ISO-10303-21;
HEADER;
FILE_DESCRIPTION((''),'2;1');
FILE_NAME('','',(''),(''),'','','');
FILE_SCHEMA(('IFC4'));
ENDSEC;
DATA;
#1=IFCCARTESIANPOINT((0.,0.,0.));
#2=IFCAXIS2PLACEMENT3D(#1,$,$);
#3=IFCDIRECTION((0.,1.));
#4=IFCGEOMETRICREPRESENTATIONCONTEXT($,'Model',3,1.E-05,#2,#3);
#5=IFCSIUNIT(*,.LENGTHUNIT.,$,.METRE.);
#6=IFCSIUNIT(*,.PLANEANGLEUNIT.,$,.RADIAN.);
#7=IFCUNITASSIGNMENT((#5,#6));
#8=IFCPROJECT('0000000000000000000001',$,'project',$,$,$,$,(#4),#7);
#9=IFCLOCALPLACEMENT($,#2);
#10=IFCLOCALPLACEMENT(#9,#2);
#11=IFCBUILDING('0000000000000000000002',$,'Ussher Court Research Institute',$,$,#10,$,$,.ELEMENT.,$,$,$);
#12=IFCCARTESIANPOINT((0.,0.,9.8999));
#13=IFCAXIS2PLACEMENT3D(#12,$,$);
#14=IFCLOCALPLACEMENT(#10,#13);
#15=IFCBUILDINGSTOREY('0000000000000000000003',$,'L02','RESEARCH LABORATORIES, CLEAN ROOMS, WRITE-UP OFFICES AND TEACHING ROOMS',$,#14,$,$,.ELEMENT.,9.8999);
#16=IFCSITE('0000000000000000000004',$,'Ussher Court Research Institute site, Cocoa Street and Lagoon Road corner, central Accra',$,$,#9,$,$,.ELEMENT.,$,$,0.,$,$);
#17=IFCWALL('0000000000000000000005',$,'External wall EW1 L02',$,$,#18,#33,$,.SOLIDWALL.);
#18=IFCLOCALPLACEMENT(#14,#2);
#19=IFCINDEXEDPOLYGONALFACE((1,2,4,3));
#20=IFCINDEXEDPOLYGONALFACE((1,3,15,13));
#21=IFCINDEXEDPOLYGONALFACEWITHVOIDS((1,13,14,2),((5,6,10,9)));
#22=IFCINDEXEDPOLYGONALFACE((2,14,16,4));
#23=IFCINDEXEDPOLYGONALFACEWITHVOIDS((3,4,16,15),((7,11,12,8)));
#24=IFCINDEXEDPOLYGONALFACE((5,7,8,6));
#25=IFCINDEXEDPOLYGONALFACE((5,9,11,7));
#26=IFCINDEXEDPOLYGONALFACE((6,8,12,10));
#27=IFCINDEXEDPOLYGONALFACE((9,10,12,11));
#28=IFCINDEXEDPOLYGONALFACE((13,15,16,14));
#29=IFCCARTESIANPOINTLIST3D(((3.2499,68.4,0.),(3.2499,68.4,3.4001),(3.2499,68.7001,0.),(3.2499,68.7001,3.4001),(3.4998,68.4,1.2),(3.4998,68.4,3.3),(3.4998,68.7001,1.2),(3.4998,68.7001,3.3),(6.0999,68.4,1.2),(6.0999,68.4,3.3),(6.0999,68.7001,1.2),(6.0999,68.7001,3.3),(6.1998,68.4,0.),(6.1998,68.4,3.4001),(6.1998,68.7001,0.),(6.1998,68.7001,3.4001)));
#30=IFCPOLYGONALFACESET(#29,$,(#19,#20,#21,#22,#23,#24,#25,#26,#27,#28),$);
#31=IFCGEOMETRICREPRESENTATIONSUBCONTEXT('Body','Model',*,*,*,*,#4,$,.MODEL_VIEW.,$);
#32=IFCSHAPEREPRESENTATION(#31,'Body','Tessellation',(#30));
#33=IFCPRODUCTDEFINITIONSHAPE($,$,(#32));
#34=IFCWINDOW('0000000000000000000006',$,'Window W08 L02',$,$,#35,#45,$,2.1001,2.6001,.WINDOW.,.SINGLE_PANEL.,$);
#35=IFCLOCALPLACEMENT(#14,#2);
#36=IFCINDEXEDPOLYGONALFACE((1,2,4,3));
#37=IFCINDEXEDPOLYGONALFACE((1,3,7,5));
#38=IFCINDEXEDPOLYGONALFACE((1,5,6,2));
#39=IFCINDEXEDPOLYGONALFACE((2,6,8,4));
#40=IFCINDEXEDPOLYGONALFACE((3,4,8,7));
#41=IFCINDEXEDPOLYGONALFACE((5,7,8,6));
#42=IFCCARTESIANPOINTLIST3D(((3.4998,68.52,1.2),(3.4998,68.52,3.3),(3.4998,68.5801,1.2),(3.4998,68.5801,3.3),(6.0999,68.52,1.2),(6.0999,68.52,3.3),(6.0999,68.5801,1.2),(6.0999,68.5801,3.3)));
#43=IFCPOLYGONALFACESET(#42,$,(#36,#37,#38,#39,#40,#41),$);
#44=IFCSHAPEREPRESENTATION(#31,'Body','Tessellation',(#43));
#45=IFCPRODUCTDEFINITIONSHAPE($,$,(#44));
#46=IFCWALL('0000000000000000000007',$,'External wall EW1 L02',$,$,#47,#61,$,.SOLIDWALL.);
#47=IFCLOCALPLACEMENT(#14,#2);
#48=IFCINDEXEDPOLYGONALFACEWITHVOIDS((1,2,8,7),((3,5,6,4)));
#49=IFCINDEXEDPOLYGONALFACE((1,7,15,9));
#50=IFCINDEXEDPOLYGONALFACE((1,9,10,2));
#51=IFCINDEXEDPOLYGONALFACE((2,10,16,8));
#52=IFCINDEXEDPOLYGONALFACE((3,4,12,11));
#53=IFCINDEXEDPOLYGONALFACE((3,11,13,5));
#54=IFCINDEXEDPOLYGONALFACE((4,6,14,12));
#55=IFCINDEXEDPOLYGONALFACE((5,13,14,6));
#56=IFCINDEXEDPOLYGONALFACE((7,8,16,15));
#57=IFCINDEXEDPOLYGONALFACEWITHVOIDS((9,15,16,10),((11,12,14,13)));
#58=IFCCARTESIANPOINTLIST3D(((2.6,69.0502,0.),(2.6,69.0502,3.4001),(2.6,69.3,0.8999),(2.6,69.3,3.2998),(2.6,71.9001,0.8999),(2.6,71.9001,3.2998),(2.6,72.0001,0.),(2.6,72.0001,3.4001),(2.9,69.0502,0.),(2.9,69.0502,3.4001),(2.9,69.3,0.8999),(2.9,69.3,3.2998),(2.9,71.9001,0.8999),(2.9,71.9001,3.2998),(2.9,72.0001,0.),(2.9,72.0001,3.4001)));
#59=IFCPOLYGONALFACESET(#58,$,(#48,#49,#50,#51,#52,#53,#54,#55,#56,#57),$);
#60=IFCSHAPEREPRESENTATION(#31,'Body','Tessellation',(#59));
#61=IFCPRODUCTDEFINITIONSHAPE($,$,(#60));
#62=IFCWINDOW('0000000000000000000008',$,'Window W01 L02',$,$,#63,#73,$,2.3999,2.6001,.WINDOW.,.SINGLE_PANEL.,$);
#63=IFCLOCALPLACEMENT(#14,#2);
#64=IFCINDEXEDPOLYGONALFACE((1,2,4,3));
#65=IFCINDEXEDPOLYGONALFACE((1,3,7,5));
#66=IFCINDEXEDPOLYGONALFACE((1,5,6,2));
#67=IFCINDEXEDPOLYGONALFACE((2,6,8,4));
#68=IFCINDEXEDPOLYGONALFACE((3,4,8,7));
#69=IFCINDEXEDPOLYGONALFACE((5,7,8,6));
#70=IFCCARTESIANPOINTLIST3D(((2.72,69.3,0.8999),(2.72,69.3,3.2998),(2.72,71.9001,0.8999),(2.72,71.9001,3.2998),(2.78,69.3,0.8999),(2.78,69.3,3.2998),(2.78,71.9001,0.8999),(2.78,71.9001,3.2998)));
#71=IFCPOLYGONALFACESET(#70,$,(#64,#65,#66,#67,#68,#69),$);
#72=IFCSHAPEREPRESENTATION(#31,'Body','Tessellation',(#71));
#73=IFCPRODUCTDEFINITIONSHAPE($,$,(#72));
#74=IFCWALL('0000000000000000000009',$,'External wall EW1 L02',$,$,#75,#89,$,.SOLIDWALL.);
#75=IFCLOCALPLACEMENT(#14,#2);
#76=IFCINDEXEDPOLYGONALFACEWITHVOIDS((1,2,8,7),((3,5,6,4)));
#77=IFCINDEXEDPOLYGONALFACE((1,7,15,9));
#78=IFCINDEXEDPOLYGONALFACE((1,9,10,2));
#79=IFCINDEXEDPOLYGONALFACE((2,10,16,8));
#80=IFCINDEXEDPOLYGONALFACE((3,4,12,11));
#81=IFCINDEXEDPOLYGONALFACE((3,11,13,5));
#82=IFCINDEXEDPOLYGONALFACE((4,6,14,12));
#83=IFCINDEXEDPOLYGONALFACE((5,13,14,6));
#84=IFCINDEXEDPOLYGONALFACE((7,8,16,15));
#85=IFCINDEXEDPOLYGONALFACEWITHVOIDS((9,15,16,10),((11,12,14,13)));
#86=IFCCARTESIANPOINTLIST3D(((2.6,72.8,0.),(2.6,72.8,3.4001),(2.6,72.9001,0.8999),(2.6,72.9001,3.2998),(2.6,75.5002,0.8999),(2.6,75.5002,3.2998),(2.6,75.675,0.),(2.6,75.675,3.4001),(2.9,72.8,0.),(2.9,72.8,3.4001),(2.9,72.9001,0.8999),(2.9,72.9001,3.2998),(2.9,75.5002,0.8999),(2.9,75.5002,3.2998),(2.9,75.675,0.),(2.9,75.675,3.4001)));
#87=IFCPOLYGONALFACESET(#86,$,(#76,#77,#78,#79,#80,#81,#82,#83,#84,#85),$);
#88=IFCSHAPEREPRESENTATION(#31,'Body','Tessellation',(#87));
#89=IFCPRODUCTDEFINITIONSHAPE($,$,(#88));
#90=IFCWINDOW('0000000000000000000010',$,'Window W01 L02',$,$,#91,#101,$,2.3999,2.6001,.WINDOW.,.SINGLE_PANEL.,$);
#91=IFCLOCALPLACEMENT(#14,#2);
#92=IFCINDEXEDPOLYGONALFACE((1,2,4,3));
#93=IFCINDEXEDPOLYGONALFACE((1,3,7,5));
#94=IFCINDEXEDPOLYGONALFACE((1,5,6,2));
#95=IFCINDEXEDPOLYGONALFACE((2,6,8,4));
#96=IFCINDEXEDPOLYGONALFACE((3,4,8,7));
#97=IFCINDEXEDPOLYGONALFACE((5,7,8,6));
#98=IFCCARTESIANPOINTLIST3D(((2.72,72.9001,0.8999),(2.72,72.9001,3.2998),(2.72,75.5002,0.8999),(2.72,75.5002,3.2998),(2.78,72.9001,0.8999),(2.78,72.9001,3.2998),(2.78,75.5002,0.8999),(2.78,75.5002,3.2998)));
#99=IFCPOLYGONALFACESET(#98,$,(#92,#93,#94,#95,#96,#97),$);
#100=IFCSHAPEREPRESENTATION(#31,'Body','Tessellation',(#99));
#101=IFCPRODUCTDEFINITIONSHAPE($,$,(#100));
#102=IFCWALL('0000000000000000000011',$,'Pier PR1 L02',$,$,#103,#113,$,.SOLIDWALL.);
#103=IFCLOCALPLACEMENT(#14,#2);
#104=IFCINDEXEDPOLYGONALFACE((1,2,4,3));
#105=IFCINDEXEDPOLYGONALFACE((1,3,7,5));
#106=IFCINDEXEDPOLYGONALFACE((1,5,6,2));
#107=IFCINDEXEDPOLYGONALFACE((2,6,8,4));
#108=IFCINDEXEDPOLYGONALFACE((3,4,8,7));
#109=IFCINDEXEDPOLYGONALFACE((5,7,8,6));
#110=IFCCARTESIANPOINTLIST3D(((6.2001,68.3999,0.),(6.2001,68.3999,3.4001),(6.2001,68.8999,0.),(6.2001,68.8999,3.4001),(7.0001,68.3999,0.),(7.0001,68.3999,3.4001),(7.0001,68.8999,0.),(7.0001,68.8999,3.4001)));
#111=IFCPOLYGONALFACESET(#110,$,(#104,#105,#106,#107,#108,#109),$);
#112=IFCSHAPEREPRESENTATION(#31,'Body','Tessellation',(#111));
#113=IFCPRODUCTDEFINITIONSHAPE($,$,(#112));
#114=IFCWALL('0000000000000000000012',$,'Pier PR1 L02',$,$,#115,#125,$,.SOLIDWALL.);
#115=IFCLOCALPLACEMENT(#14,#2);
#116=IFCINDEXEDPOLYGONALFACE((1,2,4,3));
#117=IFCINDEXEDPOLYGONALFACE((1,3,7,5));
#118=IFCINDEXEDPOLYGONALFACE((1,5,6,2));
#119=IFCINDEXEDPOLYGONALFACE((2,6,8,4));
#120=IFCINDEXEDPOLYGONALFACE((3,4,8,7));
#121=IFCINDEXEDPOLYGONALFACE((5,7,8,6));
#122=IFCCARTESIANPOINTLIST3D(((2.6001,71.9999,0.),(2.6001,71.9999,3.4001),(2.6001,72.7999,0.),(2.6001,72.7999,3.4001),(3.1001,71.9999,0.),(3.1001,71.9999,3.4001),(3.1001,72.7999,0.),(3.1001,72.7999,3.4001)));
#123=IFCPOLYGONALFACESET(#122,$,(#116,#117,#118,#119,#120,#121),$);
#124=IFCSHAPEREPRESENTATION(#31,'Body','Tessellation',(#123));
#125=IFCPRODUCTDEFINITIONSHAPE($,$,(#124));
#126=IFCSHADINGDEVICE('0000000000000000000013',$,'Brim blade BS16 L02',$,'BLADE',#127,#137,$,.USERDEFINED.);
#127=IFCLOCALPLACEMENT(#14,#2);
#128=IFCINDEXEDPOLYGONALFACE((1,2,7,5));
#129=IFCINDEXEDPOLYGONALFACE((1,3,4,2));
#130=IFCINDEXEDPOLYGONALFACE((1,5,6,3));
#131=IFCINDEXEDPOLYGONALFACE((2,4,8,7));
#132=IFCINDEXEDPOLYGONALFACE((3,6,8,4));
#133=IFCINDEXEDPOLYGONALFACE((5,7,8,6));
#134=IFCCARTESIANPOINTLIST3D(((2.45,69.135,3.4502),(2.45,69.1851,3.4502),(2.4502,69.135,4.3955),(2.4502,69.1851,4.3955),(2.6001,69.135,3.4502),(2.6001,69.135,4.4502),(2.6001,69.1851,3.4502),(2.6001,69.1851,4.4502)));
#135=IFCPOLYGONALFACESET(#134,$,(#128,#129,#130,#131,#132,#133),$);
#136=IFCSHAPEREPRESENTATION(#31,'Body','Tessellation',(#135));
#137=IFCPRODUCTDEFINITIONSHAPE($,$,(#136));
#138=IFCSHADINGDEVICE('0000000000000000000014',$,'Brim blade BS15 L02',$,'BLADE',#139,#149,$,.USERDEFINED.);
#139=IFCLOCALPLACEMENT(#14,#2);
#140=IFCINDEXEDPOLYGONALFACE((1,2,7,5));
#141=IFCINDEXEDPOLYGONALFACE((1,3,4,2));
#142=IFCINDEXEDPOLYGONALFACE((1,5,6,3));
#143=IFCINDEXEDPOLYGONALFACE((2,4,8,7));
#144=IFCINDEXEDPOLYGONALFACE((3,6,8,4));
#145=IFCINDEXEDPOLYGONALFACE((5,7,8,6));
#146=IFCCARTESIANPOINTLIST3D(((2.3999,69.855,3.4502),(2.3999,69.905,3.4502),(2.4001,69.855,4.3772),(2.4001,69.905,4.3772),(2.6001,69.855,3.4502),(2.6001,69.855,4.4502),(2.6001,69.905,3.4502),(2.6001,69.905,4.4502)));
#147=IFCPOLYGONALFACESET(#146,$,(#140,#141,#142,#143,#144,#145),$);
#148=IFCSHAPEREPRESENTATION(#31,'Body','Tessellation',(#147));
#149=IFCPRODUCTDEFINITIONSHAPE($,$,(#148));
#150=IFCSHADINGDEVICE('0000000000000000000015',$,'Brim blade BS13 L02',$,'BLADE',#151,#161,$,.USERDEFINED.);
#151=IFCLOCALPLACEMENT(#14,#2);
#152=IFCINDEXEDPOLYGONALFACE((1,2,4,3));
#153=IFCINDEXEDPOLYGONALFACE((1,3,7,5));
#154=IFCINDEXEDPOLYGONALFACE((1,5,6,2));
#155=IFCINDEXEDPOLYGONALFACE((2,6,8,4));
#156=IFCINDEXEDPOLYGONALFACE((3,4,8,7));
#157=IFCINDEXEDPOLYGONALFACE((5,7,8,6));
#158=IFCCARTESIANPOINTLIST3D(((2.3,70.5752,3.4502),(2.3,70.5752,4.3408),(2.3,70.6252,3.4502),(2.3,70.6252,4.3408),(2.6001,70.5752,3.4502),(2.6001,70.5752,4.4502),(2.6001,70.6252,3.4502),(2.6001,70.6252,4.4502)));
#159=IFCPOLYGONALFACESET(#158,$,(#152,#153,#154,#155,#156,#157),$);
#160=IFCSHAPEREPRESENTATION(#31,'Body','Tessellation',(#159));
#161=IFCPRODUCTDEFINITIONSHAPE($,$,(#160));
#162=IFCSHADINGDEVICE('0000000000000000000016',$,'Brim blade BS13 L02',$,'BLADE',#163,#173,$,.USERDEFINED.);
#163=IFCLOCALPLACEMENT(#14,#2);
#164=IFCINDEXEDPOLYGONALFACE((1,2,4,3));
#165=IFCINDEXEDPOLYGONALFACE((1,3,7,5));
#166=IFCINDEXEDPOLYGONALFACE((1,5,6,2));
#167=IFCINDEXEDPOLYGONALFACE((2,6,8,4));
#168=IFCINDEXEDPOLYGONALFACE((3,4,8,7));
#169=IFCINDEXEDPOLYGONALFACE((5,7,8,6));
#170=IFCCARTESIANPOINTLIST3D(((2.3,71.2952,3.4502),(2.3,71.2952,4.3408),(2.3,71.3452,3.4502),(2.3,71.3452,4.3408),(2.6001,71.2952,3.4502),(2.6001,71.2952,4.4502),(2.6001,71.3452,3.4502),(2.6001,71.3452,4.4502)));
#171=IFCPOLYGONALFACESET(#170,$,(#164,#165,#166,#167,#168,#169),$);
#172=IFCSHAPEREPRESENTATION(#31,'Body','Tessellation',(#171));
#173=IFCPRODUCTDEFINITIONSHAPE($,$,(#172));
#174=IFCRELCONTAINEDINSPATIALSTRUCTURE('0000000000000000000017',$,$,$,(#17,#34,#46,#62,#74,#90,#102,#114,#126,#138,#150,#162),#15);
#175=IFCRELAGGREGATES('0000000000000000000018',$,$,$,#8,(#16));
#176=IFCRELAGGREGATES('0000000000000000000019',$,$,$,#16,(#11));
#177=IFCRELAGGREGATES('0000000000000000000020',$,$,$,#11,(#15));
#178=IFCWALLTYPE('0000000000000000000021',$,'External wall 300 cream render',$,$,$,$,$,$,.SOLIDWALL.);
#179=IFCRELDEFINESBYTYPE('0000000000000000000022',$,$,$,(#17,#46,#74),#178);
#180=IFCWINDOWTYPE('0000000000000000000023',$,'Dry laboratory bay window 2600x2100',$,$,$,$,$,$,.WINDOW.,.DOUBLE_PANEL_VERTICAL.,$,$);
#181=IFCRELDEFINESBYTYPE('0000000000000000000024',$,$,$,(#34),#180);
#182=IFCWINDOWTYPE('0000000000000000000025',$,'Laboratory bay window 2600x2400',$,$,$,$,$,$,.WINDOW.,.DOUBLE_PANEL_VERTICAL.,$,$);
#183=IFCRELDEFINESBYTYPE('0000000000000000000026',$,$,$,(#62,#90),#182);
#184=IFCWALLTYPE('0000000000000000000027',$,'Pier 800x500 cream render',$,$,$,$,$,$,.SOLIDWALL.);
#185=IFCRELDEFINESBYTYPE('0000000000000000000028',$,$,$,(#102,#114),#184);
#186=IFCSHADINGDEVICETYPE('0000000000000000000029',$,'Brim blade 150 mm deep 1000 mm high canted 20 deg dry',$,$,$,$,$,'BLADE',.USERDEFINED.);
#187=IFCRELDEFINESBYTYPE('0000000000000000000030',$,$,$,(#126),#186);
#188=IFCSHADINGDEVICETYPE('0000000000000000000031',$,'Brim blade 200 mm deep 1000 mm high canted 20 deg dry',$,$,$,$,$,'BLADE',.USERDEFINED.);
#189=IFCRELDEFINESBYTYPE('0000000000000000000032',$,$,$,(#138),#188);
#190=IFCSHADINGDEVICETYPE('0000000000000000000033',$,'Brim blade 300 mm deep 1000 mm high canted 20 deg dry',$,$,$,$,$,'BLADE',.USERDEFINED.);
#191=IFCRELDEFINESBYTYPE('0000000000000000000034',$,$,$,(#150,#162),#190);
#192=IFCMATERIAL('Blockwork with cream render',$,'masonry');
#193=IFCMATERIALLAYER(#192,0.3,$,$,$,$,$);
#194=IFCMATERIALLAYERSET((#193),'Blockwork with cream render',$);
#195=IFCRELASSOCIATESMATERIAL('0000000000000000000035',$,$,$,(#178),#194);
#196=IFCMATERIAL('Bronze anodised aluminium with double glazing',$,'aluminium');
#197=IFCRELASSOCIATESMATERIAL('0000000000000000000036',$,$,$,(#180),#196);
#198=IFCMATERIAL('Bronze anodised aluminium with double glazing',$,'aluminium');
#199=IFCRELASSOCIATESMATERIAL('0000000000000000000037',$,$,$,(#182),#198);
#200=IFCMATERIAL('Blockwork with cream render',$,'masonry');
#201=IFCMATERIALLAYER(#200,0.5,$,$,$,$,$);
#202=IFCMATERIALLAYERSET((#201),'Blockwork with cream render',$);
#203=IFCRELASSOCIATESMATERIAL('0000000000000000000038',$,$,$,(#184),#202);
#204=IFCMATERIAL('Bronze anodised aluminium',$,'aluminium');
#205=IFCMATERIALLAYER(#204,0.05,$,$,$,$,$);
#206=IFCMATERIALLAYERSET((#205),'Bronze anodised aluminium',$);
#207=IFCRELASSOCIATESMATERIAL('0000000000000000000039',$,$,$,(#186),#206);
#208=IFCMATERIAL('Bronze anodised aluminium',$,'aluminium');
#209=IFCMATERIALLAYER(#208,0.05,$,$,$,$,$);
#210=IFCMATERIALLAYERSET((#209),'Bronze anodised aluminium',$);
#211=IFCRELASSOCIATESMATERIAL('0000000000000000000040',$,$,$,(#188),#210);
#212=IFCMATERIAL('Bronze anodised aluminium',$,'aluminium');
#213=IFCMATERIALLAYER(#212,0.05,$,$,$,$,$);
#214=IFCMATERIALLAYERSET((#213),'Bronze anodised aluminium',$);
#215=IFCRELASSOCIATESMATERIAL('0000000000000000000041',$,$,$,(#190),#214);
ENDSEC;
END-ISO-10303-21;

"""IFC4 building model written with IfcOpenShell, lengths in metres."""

from ifc_helpers import new_model, si_unit, direction, frame, frame_2d, origin, place, context, subcontext, project, spatial, polyline, rectangle, outline, extrude, material, layer, layer_set, type_object, element, fill, save


model = new_model("IFC4")

# Units and contexts
model_context = context("Model", 3, precision=1e-05, world=origin(), true_north=direction((0.0, 1.0)))
body_context = subcontext(model_context, "Body", "Model", "MODEL_VIEW")
ifc_project = project(units=[si_unit("LENGTHUNIT", "METRE"), si_unit("PLANEANGLEUNIT", "RADIAN")], contexts=[model_context])

# Site, building, storey
site_placement = place(None, origin())
site = spatial("IfcSite", under=ifc_project, at=site_placement, Name="Ussher Court Research Institute site, Cocoa Street and Lagoon Road corner, central Accra", CompositionType="ELEMENT", RefElevation=0.0)
building_placement = place(site_placement, origin())
building = spatial("IfcBuilding", under=site, at=building_placement, Name="Ussher Court Research Institute", CompositionType="ELEMENT")
storey_placement = place(building_placement, frame((0.0, 0.0, 9.8999)))
storey = spatial("IfcBuildingStorey", under=building, at=storey_placement, Name="L02", Description="RESEARCH LABORATORIES, CLEAN ROOMS, WRITE-UP OFFICES AND TEACHING ROOMS", CompositionType="ELEMENT", Elevation=9.8999)

# Walls, openings, windows
ifc_material_1 = material(Name="Blockwork with cream render", Category="masonry")
ifc_layer_1 = layer(ifc_material_1, 0.3)
ifc_layer_set_1 = layer_set([ifc_layer_1], Name="Blockwork with cream render")
wall_type_1 = type_object("IfcWallType", Name="External wall 300 cream render", PredefinedType="SOLIDWALL", material=ifc_layer_set_1)
ifc_material_2 = material(Name="Bronze anodised aluminium with double glazing", Category="aluminium")
window_type_1 = type_object("IfcWindowType", Name="Dry laboratory bay window 2600x2100", PartitioningType="DOUBLE_PANEL_VERTICAL", PredefinedType="WINDOW", material=ifc_material_2)
wall_1_placement = place(storey_placement, frame((6.2, 68.55, 0.0), z_axis=(0.0, 0.0, 1.0), x_axis=(-1.0, 0.0, 0.0)))
wall_1 = element("IfcWall", 1, at=wall_1_placement, inside=storey, type_object=wall_type_1, Name="External wall EW1 L02", PredefinedType="SOLIDWALL", context=body_context, shape_type="SweptSolid", body=[
    extrude(rectangle(XDim=2.95, YDim=0.3, at=frame_2d((1.4751, 0.0))), origin(), (0.0, 0.0, 1.0), 3.4001),
])
opening_1_placement = place(wall_1_placement, frame((0.1001, 0.0, 1.2)))
opening_1 = element("IfcOpeningElement", 2, at=opening_1_placement, cuts=wall_1, PredefinedType="OPENING", context=body_context, shape_type="SweptSolid", body=[
    extrude(rectangle(XDim=2.6001, YDim=2.1001, at=frame_2d((1.3, 1.05))), frame((0.0, 0.1602, 0.0), z_axis=(0.0, -1.0, 0.0), x_axis=(1.0, 0.0, 0.0)), (0.0, 0.0, 1.0), 0.3201),
])
window_1_placement = place(opening_1_placement, origin())
window_1 = element("IfcWindow", 3, at=window_1_placement, inside=storey, type_object=window_type_1, Name="Window W08 L02", OverallHeight=2.1001, OverallWidth=2.6001, PartitioningType="SINGLE_PANEL", PredefinedType="WINDOW", context=body_context, shape_type="SweptSolid", body=[
    extrude(rectangle(XDim=2.6001, YDim=2.1001, at=frame_2d((1.3, 1.05))), frame((0.0, 0.03, 0.0), z_axis=(0.0, -1.0, 0.0), x_axis=(1.0, 0.0, 0.0)), (0.0, 0.0, 1.0), 0.0601),
])
fill(opening_1, window_1)
wall_2_placement = place(storey_placement, frame((2.75, 69.05, 0.0), z_axis=(0.0, 0.0, 1.0), x_axis=(0.0, 1.0, 0.0)))
wall_2 = element("IfcWall", 4, at=wall_2_placement, inside=storey, type_object=wall_type_1, Name="External wall EW1 L02", PredefinedType="SOLIDWALL", context=body_context, shape_type="SweptSolid", body=[
    extrude(rectangle(XDim=2.95, YDim=0.3, at=frame_2d((1.4751, 0.0))), origin(), (0.0, 0.0, 1.0), 3.4001),
])
opening_2_placement = place(wall_2_placement, frame((0.25, 0.0, 0.8999)))
opening_2 = element("IfcOpeningElement", 5, at=opening_2_placement, cuts=wall_2, PredefinedType="OPENING", context=body_context, shape_type="SweptSolid", body=[
    extrude(rectangle(XDim=2.6001, YDim=2.3999, at=frame_2d((1.3, 1.2))), frame((0.0, 0.1602, 0.0), z_axis=(0.0, -1.0, 0.0), x_axis=(1.0, 0.0, 0.0)), (0.0, 0.0, 1.0), 0.3201),
])
ifc_material_3 = material(Name="Bronze anodised aluminium with double glazing", Category="aluminium")
window_type_2 = type_object("IfcWindowType", Name="Laboratory bay window 2600x2400", PartitioningType="DOUBLE_PANEL_VERTICAL", PredefinedType="WINDOW", material=ifc_material_3)
window_2_placement = place(opening_2_placement, origin())
window_2 = element("IfcWindow", 6, at=window_2_placement, inside=storey, type_object=window_type_2, Name="Window W01 L02", OverallHeight=2.3999, OverallWidth=2.6001, PartitioningType="SINGLE_PANEL", PredefinedType="WINDOW", context=body_context, shape_type="SweptSolid", body=[
    extrude(rectangle(XDim=2.6001, YDim=2.3999, at=frame_2d((1.3, 1.2))), frame((0.0, 0.03, 0.0), z_axis=(0.0, -1.0, 0.0), x_axis=(1.0, 0.0, 0.0)), (0.0, 0.0, 1.0), 0.0601),
])
fill(opening_2, window_2)
wall_3_placement = place(storey_placement, frame((2.75, 72.8, 0.0), z_axis=(0.0, 0.0, 1.0), x_axis=(0.0, 1.0, 0.0)))
wall_3 = element("IfcWall", 7, at=wall_3_placement, inside=storey, type_object=wall_type_1, Name="External wall EW1 L02", PredefinedType="SOLIDWALL", context=body_context, shape_type="SweptSolid", body=[
    extrude(rectangle(XDim=2.875, YDim=0.3, at=frame_2d((1.4375, 0.0))), origin(), (0.0, 0.0, 1.0), 3.4001),
])
opening_3_placement = place(wall_3_placement, frame((0.1001, 0.0, 0.8999)))
opening_3 = element("IfcOpeningElement", 8, at=opening_3_placement, cuts=wall_3, PredefinedType="OPENING", context=body_context, shape_type="SweptSolid", body=[
    extrude(rectangle(XDim=2.6001, YDim=2.3999, at=frame_2d((1.3, 1.2))), frame((0.0, 0.1602, 0.0), z_axis=(0.0, -1.0, 0.0), x_axis=(1.0, 0.0, 0.0)), (0.0, 0.0, 1.0), 0.3201),
])
window_3_placement = place(opening_3_placement, origin())
window_3 = element("IfcWindow", 9, at=window_3_placement, inside=storey, type_object=window_type_2, Name="Window W01 L02", OverallHeight=2.3999, OverallWidth=2.6001, PartitioningType="SINGLE_PANEL", PredefinedType="WINDOW", context=body_context, shape_type="SweptSolid", body=[
    extrude(rectangle(XDim=2.6001, YDim=2.3999, at=frame_2d((1.3, 1.2))), frame((0.0, 0.03, 0.0), z_axis=(0.0, -1.0, 0.0), x_axis=(1.0, 0.0, 0.0)), (0.0, 0.0, 1.0), 0.0601),
])
fill(opening_3, window_3)

# Walls
ifc_material_4 = material(Name="Blockwork with cream render", Category="masonry")
ifc_layer_2 = layer(ifc_material_4, 0.5)
ifc_layer_set_2 = layer_set([ifc_layer_2], Name="Blockwork with cream render")
wall_type_2 = type_object("IfcWallType", Name="Pier 800x500 cream render", PredefinedType="SOLIDWALL", material=ifc_layer_set_2)
for number, where, z_axis, x_axis, name in (
    (10, (7.0, 68.6499, 0.0), (0.0, 0.0, 1.0), (-1.0, 0.0, 0.0), "Pier PR1 L02"),
    (11, (2.8501, 72.0, 0.0), (0.0, 0.0, 1.0), (0.0, 1.0, 0.0), "Pier PR1 L02"),
):
    element("IfcWall", number, at=place(storey_placement, frame(where, z_axis=z_axis, x_axis=x_axis)), inside=storey, type_object=wall_type_2, Name=name, PredefinedType="SOLIDWALL", context=body_context, shape_type="SweptSolid", body=[
        extrude(rectangle(XDim=0.8, YDim=0.5, at=frame_2d((0.3999, 0.0))), origin(), (0.0, 0.0, 1.0), 3.4001),
    ])

# Shading devices
ifc_material_5 = material(Name="Bronze anodised aluminium", Category="aluminium")
ifc_layer_3 = layer(ifc_material_5, 0.05)
ifc_layer_set_3 = layer_set([ifc_layer_3], Name="Bronze anodised aluminium")
shading_device_type_1 = type_object("IfcShadingDeviceType", Name="Brim blade 150 mm deep 1000 mm high canted 20 deg dry", ElementType="BLADE", PredefinedType="USERDEFINED", material=ifc_layer_set_3)
shading_device_1_placement = place(storey_placement, frame((2.6001, 69.1599, 3.4502), z_axis=(0.0, 0.0, 1.0), x_axis=(-1.0, 0.0, 0.0)))
element("IfcShadingDevice", 12, at=shading_device_1_placement, inside=storey, type_object=shading_device_type_1, Name="Brim blade BS16 L02", ObjectType="BLADE", PredefinedType="USERDEFINED", context=body_context, shape_type="SweptSolid", body=[
    extrude(outline(polyline([(0.0, 0.0), (0.1501, 0.0), (0.1499, 0.9453), (0.0, 1.0), (0.0, 0.0)])), frame((0.0, 0.0249, 0.0), z_axis=(0.0, -1.0, 0.0), x_axis=(1.0, 0.0, 0.0)), (0.0, 0.0, 1.0), 0.05),
])
ifc_material_6 = material(Name="Bronze anodised aluminium", Category="aluminium")
ifc_layer_4 = layer(ifc_material_6, 0.05)
ifc_layer_set_4 = layer_set([ifc_layer_4], Name="Bronze anodised aluminium")
shading_device_type_2 = type_object("IfcShadingDeviceType", Name="Brim blade 200 mm deep 1000 mm high canted 20 deg dry", ElementType="BLADE", PredefinedType="USERDEFINED", material=ifc_layer_set_4)
shading_device_2_placement = place(storey_placement, frame((2.6001, 69.8799, 3.4502), z_axis=(0.0, 0.0, 1.0), x_axis=(-1.0, 0.0, 0.0)))
element("IfcShadingDevice", 13, at=shading_device_2_placement, inside=storey, type_object=shading_device_type_2, Name="Brim blade BS15 L02", ObjectType="BLADE", PredefinedType="USERDEFINED", context=body_context, shape_type="SweptSolid", body=[
    extrude(outline(polyline([(0.0, 0.0), (0.2002, 0.0), (0.2, 0.927), (0.0, 1.0), (0.0, 0.0)])), frame((0.0, 0.0249, 0.0), z_axis=(0.0, -1.0, 0.0), x_axis=(1.0, 0.0, 0.0)), (0.0, 0.0, 1.0), 0.05),
])
ifc_material_7 = material(Name="Bronze anodised aluminium", Category="aluminium")
ifc_layer_5 = layer(ifc_material_7, 0.05)
ifc_layer_set_5 = layer_set([ifc_layer_5], Name="Bronze anodised aluminium")
shading_device_type_3 = type_object("IfcShadingDeviceType", Name="Brim blade 300 mm deep 1000 mm high canted 20 deg dry", ElementType="BLADE", PredefinedType="USERDEFINED", material=ifc_layer_set_5)
for number, where, z_axis, x_axis, name in (
    (14, (2.6001, 70.6001, 3.4502), (0.0, 0.0, 1.0), (-1.0, 0.0, 0.0), "Brim blade BS13 L02"),
    (15, (2.6001, 71.3201, 3.4502), (0.0, 0.0, 1.0), (-1.0, 0.0, 0.0), "Brim blade BS13 L02"),
):
    element("IfcShadingDevice", number, at=place(storey_placement, frame(where, z_axis=z_axis, x_axis=x_axis)), inside=storey, type_object=shading_device_type_3, Name=name, ObjectType="BLADE", PredefinedType="USERDEFINED", context=body_context, shape_type="SweptSolid", body=[
        extrude(outline(polyline([(0.0, 0.0), (0.3, 0.0), (0.3, 0.8906), (0.0, 1.0), (0.0, 0.0)])), frame((0.0, 0.0249, 0.0), z_axis=(0.0, -1.0, 0.0), x_axis=(1.0, 0.0, 0.0)), (0.0, 0.0, 1.0), 0.05),
    ])

save(model, "model.ifc")
